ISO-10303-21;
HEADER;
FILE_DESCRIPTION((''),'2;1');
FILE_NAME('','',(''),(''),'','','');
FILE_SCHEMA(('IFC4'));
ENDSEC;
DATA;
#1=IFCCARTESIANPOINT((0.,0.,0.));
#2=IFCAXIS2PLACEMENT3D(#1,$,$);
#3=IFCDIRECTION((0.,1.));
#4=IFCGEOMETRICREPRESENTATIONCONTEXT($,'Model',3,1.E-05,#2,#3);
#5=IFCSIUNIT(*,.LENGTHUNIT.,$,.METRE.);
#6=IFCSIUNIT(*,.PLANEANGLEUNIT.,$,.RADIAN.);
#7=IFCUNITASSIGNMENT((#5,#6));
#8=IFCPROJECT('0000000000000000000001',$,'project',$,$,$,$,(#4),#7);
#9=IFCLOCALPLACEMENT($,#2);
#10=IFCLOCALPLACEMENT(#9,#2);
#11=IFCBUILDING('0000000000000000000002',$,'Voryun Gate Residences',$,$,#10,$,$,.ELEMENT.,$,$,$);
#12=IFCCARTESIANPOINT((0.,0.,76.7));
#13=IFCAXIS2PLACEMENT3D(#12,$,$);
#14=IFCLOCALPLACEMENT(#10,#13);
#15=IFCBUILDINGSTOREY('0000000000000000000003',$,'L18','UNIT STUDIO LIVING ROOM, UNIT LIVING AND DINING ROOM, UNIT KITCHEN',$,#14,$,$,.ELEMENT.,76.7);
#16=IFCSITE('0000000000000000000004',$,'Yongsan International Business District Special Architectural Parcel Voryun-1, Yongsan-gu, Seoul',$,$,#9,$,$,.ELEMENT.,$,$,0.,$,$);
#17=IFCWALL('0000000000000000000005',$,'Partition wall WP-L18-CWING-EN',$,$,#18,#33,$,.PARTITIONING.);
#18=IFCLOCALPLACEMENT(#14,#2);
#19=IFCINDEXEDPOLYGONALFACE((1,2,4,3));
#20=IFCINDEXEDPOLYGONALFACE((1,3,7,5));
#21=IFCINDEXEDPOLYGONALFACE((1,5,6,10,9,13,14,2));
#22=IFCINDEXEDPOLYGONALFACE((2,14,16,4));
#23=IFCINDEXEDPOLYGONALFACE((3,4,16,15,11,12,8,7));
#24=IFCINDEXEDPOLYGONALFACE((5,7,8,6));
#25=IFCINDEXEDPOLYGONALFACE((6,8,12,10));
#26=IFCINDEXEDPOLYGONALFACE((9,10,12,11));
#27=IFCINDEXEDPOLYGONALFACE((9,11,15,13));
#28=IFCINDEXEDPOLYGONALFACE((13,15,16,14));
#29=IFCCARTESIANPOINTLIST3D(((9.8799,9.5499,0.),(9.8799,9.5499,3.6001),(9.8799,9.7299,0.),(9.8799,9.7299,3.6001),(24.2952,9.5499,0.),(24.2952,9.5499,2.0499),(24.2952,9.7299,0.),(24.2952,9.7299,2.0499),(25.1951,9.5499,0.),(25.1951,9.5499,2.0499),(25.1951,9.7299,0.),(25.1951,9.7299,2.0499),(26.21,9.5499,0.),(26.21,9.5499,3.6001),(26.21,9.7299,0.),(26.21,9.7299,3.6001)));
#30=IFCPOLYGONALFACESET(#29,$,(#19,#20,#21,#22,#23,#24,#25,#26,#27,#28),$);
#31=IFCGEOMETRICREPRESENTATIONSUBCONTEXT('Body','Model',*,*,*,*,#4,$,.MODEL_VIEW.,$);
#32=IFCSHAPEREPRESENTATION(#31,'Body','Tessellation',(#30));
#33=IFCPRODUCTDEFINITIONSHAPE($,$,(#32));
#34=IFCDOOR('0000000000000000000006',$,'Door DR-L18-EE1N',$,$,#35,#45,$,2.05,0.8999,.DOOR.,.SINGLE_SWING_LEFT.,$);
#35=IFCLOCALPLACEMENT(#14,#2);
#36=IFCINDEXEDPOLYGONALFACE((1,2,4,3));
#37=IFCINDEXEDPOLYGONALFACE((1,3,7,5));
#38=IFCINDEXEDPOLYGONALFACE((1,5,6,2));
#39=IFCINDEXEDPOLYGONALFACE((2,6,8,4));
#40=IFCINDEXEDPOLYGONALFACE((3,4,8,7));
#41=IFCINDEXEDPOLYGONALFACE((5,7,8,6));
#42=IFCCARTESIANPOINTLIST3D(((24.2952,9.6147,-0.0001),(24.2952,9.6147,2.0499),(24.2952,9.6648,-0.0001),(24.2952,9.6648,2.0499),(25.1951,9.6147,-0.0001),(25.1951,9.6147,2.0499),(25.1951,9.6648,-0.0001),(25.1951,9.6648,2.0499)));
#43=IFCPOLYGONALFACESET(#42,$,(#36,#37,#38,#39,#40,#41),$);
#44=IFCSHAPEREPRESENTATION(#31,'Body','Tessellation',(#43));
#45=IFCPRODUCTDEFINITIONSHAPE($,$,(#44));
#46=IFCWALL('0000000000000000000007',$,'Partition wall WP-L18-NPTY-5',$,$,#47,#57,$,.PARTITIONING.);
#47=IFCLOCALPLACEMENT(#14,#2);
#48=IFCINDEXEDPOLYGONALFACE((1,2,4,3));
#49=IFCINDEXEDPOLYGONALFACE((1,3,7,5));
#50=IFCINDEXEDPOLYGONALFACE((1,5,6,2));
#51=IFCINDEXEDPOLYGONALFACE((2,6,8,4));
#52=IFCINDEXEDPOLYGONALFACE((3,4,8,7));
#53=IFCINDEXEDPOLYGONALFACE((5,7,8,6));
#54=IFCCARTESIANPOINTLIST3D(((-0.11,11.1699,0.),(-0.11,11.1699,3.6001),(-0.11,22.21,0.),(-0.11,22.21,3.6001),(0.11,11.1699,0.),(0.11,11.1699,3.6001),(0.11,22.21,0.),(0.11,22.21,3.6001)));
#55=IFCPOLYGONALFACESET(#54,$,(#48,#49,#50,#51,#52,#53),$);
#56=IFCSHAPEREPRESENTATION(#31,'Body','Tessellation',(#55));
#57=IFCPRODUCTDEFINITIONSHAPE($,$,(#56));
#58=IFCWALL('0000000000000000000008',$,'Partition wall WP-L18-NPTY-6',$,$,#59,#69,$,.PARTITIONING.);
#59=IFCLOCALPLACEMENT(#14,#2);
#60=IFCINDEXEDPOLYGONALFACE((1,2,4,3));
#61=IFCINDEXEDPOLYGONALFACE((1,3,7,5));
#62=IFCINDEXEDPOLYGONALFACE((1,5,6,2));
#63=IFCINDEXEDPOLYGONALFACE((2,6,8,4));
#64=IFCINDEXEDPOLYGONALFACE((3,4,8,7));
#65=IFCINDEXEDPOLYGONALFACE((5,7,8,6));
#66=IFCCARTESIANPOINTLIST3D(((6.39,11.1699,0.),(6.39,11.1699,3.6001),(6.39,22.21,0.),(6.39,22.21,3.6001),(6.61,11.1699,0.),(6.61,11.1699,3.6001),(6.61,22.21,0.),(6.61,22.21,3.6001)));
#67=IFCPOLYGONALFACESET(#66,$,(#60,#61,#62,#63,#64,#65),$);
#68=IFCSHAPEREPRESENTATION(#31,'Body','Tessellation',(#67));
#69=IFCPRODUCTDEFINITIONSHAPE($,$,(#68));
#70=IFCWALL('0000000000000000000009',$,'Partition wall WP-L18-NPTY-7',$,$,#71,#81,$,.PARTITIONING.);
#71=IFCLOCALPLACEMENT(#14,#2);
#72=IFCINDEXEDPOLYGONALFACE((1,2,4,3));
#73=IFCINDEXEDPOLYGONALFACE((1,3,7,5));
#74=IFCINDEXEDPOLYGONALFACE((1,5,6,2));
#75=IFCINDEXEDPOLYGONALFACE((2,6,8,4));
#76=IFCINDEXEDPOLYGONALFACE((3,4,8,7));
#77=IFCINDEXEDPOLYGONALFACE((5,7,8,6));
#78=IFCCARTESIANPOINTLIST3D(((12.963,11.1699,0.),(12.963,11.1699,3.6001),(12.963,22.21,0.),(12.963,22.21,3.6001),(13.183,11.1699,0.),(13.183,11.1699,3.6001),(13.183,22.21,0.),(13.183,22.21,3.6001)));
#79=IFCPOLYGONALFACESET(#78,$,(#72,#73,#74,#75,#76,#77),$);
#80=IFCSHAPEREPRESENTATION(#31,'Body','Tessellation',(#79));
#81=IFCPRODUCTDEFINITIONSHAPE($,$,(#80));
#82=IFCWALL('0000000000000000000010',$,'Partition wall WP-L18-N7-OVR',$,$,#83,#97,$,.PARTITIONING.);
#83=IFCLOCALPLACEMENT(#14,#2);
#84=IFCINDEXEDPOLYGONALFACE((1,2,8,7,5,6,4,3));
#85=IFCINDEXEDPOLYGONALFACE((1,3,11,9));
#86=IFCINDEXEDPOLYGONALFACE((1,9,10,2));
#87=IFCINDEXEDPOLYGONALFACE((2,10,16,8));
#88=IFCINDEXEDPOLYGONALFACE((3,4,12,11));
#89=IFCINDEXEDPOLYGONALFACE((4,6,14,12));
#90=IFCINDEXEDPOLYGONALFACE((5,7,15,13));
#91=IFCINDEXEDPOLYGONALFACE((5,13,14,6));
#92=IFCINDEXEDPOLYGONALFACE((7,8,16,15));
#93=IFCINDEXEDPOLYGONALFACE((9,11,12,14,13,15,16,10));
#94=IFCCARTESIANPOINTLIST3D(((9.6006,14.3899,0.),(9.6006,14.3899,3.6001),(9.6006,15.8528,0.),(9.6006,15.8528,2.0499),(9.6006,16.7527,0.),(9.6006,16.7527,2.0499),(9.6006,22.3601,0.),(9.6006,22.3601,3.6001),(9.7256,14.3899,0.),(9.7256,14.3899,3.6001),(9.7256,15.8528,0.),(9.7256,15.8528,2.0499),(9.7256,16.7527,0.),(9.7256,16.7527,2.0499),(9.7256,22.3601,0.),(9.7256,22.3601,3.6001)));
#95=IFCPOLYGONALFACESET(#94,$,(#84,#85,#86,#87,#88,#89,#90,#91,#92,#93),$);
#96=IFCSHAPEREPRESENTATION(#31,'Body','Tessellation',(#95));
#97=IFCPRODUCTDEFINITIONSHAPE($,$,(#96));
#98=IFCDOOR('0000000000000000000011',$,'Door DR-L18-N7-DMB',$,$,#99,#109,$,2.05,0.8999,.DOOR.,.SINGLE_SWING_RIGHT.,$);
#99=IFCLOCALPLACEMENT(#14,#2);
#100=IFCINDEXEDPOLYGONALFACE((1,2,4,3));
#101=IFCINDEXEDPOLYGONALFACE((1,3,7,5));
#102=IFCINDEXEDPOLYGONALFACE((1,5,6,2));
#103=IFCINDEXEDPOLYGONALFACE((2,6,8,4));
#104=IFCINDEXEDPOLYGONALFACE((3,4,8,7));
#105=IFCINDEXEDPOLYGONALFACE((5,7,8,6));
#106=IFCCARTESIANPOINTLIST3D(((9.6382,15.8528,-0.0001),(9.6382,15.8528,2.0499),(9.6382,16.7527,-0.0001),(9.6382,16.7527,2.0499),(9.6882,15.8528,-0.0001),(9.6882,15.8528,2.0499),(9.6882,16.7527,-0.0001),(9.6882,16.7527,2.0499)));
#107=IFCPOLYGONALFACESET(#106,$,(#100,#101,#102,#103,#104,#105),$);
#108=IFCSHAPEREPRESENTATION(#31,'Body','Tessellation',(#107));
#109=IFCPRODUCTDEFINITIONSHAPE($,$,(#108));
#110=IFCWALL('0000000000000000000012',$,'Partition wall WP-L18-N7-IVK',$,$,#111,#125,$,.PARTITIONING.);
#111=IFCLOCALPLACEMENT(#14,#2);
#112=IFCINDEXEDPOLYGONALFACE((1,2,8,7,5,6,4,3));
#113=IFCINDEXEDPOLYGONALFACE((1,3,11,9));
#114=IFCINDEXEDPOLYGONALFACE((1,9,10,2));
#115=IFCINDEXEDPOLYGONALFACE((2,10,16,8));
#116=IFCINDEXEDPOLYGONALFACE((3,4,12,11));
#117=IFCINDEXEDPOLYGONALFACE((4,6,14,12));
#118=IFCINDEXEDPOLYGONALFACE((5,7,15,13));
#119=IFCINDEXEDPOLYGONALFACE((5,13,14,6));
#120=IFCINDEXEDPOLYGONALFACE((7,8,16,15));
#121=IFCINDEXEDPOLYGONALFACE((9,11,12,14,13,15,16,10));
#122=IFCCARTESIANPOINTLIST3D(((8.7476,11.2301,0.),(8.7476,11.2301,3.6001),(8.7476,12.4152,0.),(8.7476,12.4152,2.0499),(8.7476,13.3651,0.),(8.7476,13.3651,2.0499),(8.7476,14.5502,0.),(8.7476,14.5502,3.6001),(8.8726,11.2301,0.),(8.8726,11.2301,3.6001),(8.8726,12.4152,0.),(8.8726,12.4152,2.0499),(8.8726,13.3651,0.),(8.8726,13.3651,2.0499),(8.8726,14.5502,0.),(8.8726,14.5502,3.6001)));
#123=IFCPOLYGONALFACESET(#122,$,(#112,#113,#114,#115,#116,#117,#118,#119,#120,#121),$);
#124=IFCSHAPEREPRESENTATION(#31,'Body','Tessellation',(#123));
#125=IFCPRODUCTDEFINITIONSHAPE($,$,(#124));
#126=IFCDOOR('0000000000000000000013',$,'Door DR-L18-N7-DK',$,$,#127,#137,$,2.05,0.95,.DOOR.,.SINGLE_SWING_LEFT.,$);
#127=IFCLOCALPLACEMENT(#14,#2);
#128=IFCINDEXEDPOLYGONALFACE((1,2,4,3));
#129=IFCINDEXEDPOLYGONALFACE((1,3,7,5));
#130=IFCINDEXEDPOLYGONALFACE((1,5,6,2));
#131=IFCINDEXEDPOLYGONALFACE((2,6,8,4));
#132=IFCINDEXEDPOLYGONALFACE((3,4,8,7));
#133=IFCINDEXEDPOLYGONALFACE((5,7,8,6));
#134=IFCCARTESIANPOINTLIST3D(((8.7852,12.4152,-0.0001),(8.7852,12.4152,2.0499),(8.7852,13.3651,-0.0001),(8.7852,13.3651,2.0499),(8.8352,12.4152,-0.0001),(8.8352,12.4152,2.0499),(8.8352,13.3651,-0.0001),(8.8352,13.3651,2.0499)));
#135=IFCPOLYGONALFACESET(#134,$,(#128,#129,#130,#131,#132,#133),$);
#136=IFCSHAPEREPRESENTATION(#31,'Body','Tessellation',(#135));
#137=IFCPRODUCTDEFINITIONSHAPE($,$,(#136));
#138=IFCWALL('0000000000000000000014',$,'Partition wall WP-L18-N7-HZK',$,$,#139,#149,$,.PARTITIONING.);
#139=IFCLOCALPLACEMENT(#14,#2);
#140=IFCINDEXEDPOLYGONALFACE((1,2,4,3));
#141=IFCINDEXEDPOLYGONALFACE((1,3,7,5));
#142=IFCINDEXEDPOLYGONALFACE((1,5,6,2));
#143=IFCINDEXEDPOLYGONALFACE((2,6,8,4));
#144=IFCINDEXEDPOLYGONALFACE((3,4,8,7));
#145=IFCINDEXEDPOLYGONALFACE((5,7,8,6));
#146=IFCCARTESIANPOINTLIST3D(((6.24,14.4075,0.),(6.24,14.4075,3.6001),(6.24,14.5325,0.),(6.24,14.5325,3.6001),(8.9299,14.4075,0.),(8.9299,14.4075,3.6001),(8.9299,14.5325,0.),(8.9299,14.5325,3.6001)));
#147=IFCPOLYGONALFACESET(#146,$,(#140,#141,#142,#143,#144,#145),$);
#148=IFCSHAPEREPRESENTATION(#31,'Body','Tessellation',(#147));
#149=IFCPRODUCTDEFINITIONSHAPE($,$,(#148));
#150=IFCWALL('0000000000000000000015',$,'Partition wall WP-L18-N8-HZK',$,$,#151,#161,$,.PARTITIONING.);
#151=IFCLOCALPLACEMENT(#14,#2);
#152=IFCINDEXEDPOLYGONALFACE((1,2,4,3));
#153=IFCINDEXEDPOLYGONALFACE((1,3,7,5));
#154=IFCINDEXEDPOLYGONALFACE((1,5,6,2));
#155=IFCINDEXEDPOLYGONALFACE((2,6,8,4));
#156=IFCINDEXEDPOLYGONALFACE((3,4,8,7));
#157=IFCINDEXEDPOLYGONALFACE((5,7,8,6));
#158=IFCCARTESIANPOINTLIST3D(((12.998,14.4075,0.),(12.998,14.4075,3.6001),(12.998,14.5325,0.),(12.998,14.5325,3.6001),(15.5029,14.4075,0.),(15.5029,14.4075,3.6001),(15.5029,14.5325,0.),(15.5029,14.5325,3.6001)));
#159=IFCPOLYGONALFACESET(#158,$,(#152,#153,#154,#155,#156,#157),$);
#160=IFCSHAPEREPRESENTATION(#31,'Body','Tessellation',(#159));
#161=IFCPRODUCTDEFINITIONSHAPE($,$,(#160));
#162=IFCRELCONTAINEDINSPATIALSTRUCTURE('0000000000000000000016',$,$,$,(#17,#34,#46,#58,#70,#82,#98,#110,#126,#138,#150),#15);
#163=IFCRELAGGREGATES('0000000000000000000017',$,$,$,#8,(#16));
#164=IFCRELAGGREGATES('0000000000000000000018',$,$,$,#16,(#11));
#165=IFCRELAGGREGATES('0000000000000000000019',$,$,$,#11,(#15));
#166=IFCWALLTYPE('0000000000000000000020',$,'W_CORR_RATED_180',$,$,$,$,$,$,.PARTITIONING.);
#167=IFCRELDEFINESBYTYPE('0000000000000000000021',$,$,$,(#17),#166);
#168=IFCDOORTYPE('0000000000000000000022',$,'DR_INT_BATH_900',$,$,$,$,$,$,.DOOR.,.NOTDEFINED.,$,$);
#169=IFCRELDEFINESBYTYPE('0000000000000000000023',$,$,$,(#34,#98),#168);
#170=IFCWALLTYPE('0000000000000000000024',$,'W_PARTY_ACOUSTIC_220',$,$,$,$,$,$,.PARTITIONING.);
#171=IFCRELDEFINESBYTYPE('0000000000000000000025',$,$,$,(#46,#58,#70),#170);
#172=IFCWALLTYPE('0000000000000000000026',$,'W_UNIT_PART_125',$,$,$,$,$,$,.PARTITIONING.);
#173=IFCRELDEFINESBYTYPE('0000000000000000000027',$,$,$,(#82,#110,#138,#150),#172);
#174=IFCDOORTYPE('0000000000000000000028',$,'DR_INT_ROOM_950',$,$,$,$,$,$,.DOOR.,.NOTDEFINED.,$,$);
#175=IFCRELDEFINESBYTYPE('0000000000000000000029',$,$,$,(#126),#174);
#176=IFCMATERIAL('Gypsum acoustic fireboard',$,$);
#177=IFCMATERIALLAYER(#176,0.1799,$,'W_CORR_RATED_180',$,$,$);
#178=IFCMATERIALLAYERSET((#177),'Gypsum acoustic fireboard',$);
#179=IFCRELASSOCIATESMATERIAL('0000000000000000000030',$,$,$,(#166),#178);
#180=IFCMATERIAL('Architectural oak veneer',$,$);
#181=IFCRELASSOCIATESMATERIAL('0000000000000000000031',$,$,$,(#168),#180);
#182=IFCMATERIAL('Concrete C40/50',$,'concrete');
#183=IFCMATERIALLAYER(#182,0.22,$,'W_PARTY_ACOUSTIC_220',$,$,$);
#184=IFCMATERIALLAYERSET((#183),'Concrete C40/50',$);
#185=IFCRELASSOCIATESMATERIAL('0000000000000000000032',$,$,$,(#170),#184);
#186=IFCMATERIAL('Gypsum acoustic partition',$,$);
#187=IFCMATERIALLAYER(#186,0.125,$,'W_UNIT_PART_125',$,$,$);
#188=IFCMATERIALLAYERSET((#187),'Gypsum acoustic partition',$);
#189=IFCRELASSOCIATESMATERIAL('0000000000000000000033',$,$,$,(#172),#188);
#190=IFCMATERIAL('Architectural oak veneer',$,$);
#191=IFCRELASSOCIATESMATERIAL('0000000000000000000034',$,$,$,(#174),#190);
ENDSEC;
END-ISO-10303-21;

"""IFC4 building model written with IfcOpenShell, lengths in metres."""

from ifc_helpers import new_model, si_unit, direction, frame, frame_2d, origin, place, context, subcontext, project, spatial, rectangle, extrude, material, layer, layer_set, type_object, element, fill, save


model = new_model("IFC4")

# Units and contexts
model_context = context("Model", 3, precision=1e-05, world=origin(), true_north=direction((0.0, 1.0)))
body_context = subcontext(model_context, "Body", "Model", "MODEL_VIEW")
ifc_project = project(units=[si_unit("LENGTHUNIT", "METRE"), si_unit("PLANEANGLEUNIT", "RADIAN")], contexts=[model_context])

# Site, building, storey
site_placement = place(None, origin())
site = spatial("IfcSite", under=ifc_project, at=site_placement, Name="Yongsan International Business District Special Architectural Parcel Voryun-1, Yongsan-gu, Seoul", CompositionType="ELEMENT", RefElevation=0.0)
building_placement = place(site_placement, origin())
building = spatial("IfcBuilding", under=site, at=building_placement, Name="Voryun Gate Residences", CompositionType="ELEMENT")
storey_placement = place(building_placement, frame((0.0, 0.0, 76.7)))
storey = spatial("IfcBuildingStorey", under=building, at=storey_placement, Name="L18", Description="UNIT STUDIO LIVING ROOM, UNIT LIVING AND DINING ROOM, UNIT KITCHEN", CompositionType="ELEMENT", Elevation=76.7)

# Wall, opening, door
ifc_material_1 = material(Name="Gypsum acoustic fireboard")
ifc_layer_1 = layer(ifc_material_1, 0.1799, Name="W_CORR_RATED_180")
ifc_layer_set_1 = layer_set([ifc_layer_1], Name="Gypsum acoustic fireboard")
wall_type_1 = type_object("IfcWallType", Name="W_CORR_RATED_180", PredefinedType="PARTITIONING", material=ifc_layer_set_1)
wall_1_placement = place(storey_placement, frame((9.8799, 9.6399, 0.0), z_axis=(0.0, 0.0, 1.0), x_axis=(1.0, 0.0, 0.0)))
wall_1 = element("IfcWall", 1, at=wall_1_placement, inside=storey, type_object=wall_type_1, Name="Partition wall WP-L18-CWING-EN", PredefinedType="PARTITIONING", context=body_context, shape_type="SweptSolid", body=[
    extrude(rectangle(XDim=16.3301, YDim=0.1799, at=frame_2d((8.165, 0.0))), origin(), (0.0, 0.0, 1.0), 3.6001),
])
opening_1_placement = place(wall_1_placement, frame((14.4153, 0.0, 0.0)))
opening_1 = element("IfcOpeningElement", 2, at=opening_1_placement, cuts=wall_1, PredefinedType="OPENING", context=body_context, shape_type="SweptSolid", body=[
    extrude(rectangle(XDim=0.8999, YDim=2.05, at=frame_2d((0.45, 1.0249))), frame((0.0, 0.0999, 0.0), z_axis=(0.0, -1.0, 0.0), x_axis=(1.0, 0.0, 0.0)), (0.0, 0.0, 1.0), 0.2),
])
ifc_material_2 = material(Name="Architectural oak veneer")
door_type_1 = type_object("IfcDoorType", Name="DR_INT_BATH_900", OperationType="NOTDEFINED", PredefinedType="DOOR", material=ifc_material_2)
door_1_placement = place(opening_1_placement, origin())
door_1 = element("IfcDoor", 3, at=door_1_placement, inside=storey, type_object=door_type_1, Name="Door DR-L18-EE1N", OperationType="SINGLE_SWING_LEFT", OverallHeight=2.05, OverallWidth=0.8999, PredefinedType="DOOR", context=body_context, shape_type="SweptSolid", body=[
    extrude(rectangle(XDim=0.8999, YDim=2.05, at=frame_2d((0.45, 1.0249))), frame((0.0, 0.0249, 0.0), z_axis=(0.0, -1.0, 0.0), x_axis=(1.0, 0.0, 0.0)), (0.0, 0.0, 1.0), 0.05),
])
fill(opening_1, door_1)

# Walls
ifc_material_3 = material(Name="Concrete C40/50", Category="concrete")
ifc_layer_2 = layer(ifc_material_3, 0.22, Name="W_PARTY_ACOUSTIC_220")
ifc_layer_set_2 = layer_set([ifc_layer_2], Name="Concrete C40/50")
wall_type_2 = type_object("IfcWallType", Name="W_PARTY_ACOUSTIC_220", PredefinedType="PARTITIONING", material=ifc_layer_set_2)
for number, where, z_axis, x_axis, name in (
    (4, (0.0, 11.1699, 0.0), (0.0, 0.0, 1.0), (0.0, 1.0, 0.0), "Partition wall WP-L18-NPTY-5"),
    (5, (6.5, 11.1699, 0.0), (0.0, 0.0, 1.0), (0.0, 1.0, 0.0), "Partition wall WP-L18-NPTY-6"),
    (6, (13.073, 11.1699, 0.0), (0.0, 0.0, 1.0), (0.0, 1.0, 0.0), "Partition wall WP-L18-NPTY-7"),
):
    element("IfcWall", number, at=place(storey_placement, frame(where, z_axis=z_axis, x_axis=x_axis)), inside=storey, type_object=wall_type_2, Name=name, PredefinedType="PARTITIONING", context=body_context, shape_type="SweptSolid", body=[
        extrude(rectangle(XDim=11.04, YDim=0.22, at=frame_2d((5.52, 0.0))), origin(), (0.0, 0.0, 1.0), 3.6001),
    ])

# Walls, openings, doors
ifc_material_4 = material(Name="Gypsum acoustic partition")
ifc_layer_3 = layer(ifc_material_4, 0.125, Name="W_UNIT_PART_125")
ifc_layer_set_3 = layer_set([ifc_layer_3], Name="Gypsum acoustic partition")
wall_type_3 = type_object("IfcWallType", Name="W_UNIT_PART_125", PredefinedType="PARTITIONING", material=ifc_layer_set_3)
wall_2_placement = place(storey_placement, frame((9.6631, 14.3899, 0.0), z_axis=(0.0, 0.0, 1.0), x_axis=(0.0, 1.0, 0.0)))
wall_2 = element("IfcWall", 7, at=wall_2_placement, inside=storey, type_object=wall_type_3, Name="Partition wall WP-L18-N7-OVR", PredefinedType="PARTITIONING", context=body_context, shape_type="SweptSolid", body=[
    extrude(rectangle(XDim=7.9702, YDim=0.125, at=frame_2d((3.9851, 0.0))), origin(), (0.0, 0.0, 1.0), 3.6001),
])
opening_2_placement = place(wall_2_placement, frame((1.4629, 0.0, 0.0)))
opening_2 = element("IfcOpeningElement", 8, at=opening_2_placement, cuts=wall_2, PredefinedType="OPENING", context=body_context, shape_type="SweptSolid", body=[
    extrude(rectangle(XDim=0.8999, YDim=2.05, at=frame_2d((0.45, 1.0249))), frame((0.0, 0.0725, 0.0), z_axis=(0.0, -1.0, 0.0), x_axis=(1.0, 0.0, 0.0)), (0.0, 0.0, 1.0), 0.145),
])
door_2_placement = place(opening_2_placement, origin())
door_2 = element("IfcDoor", 9, at=door_2_placement, inside=storey, type_object=door_type_1, Name="Door DR-L18-N7-DMB", OperationType="SINGLE_SWING_RIGHT", OverallHeight=2.05, OverallWidth=0.8999, PredefinedType="DOOR", context=body_context, shape_type="SweptSolid", body=[
    extrude(rectangle(XDim=0.8999, YDim=2.05, at=frame_2d((0.45, 1.0249))), frame((0.0, 0.0249, 0.0), z_axis=(0.0, -1.0, 0.0), x_axis=(1.0, 0.0, 0.0)), (0.0, 0.0, 1.0), 0.05),
])
fill(opening_2, door_2)
wall_3_placement = place(storey_placement, frame((8.8101, 11.23, 0.0), z_axis=(0.0, 0.0, 1.0), x_axis=(0.0, 1.0, 0.0)))
wall_3 = element("IfcWall", 10, at=wall_3_placement, inside=storey, type_object=wall_type_3, Name="Partition wall WP-L18-N7-IVK", PredefinedType="PARTITIONING", context=body_context, shape_type="SweptSolid", body=[
    extrude(rectangle(XDim=3.3201, YDim=0.125, at=frame_2d((1.6602, 0.0))), origin(), (0.0, 0.0, 1.0), 3.6001),
])
opening_3_placement = place(wall_3_placement, frame((1.1851, 0.0, 0.0)))
opening_3 = element("IfcOpeningElement", 11, at=opening_3_placement, cuts=wall_3, PredefinedType="OPENING", context=body_context, shape_type="SweptSolid", body=[
    extrude(rectangle(XDim=0.95, YDim=2.05, at=frame_2d((0.4751, 1.0249))), frame((0.0, 0.0725, 0.0), z_axis=(0.0, -1.0, 0.0), x_axis=(1.0, 0.0, 0.0)), (0.0, 0.0, 1.0), 0.145),
])
ifc_material_5 = material(Name="Architectural oak veneer")
door_type_2 = type_object("IfcDoorType", Name="DR_INT_ROOM_950", OperationType="NOTDEFINED", PredefinedType="DOOR", material=ifc_material_5)
door_3_placement = place(opening_3_placement, origin())
door_3 = element("IfcDoor", 12, at=door_3_placement, inside=storey, type_object=door_type_2, Name="Door DR-L18-N7-DK", OperationType="SINGLE_SWING_LEFT", OverallHeight=2.05, OverallWidth=0.95, PredefinedType="DOOR", context=body_context, shape_type="SweptSolid", body=[
    extrude(rectangle(XDim=0.95, YDim=2.05, at=frame_2d((0.4751, 1.0249))), frame((0.0, 0.0249, 0.0), z_axis=(0.0, -1.0, 0.0), x_axis=(1.0, 0.0, 0.0)), (0.0, 0.0, 1.0), 0.05),
])
fill(opening_3, door_3)

# Walls
wall_4_placement = place(storey_placement, frame((6.24, 14.47, 0.0), z_axis=(0.0, 0.0, 1.0), x_axis=(1.0, 0.0, 0.0)))
element("IfcWall", 13, at=wall_4_placement, inside=storey, type_object=wall_type_3, Name="Partition wall WP-L18-N7-HZK", PredefinedType="PARTITIONING", context=body_context, shape_type="SweptSolid", body=[
    extrude(rectangle(XDim=2.6899, YDim=0.125, at=frame_2d((1.345, 0.0))), origin(), (0.0, 0.0, 1.0), 3.6001),
])
wall_5_placement = place(storey_placement, frame((12.998, 14.47, 0.0), z_axis=(0.0, 0.0, 1.0), x_axis=(1.0, 0.0, 0.0)))
element("IfcWall", 14, at=wall_5_placement, inside=storey, type_object=wall_type_3, Name="Partition wall WP-L18-N8-HZK", PredefinedType="PARTITIONING", context=body_context, shape_type="SweptSolid", body=[
    extrude(rectangle(XDim=2.5049, YDim=0.125, at=frame_2d((1.2524, 0.0))), origin(), (0.0, 0.0, 1.0), 3.6001),
])

save(model, "model.ifc")
